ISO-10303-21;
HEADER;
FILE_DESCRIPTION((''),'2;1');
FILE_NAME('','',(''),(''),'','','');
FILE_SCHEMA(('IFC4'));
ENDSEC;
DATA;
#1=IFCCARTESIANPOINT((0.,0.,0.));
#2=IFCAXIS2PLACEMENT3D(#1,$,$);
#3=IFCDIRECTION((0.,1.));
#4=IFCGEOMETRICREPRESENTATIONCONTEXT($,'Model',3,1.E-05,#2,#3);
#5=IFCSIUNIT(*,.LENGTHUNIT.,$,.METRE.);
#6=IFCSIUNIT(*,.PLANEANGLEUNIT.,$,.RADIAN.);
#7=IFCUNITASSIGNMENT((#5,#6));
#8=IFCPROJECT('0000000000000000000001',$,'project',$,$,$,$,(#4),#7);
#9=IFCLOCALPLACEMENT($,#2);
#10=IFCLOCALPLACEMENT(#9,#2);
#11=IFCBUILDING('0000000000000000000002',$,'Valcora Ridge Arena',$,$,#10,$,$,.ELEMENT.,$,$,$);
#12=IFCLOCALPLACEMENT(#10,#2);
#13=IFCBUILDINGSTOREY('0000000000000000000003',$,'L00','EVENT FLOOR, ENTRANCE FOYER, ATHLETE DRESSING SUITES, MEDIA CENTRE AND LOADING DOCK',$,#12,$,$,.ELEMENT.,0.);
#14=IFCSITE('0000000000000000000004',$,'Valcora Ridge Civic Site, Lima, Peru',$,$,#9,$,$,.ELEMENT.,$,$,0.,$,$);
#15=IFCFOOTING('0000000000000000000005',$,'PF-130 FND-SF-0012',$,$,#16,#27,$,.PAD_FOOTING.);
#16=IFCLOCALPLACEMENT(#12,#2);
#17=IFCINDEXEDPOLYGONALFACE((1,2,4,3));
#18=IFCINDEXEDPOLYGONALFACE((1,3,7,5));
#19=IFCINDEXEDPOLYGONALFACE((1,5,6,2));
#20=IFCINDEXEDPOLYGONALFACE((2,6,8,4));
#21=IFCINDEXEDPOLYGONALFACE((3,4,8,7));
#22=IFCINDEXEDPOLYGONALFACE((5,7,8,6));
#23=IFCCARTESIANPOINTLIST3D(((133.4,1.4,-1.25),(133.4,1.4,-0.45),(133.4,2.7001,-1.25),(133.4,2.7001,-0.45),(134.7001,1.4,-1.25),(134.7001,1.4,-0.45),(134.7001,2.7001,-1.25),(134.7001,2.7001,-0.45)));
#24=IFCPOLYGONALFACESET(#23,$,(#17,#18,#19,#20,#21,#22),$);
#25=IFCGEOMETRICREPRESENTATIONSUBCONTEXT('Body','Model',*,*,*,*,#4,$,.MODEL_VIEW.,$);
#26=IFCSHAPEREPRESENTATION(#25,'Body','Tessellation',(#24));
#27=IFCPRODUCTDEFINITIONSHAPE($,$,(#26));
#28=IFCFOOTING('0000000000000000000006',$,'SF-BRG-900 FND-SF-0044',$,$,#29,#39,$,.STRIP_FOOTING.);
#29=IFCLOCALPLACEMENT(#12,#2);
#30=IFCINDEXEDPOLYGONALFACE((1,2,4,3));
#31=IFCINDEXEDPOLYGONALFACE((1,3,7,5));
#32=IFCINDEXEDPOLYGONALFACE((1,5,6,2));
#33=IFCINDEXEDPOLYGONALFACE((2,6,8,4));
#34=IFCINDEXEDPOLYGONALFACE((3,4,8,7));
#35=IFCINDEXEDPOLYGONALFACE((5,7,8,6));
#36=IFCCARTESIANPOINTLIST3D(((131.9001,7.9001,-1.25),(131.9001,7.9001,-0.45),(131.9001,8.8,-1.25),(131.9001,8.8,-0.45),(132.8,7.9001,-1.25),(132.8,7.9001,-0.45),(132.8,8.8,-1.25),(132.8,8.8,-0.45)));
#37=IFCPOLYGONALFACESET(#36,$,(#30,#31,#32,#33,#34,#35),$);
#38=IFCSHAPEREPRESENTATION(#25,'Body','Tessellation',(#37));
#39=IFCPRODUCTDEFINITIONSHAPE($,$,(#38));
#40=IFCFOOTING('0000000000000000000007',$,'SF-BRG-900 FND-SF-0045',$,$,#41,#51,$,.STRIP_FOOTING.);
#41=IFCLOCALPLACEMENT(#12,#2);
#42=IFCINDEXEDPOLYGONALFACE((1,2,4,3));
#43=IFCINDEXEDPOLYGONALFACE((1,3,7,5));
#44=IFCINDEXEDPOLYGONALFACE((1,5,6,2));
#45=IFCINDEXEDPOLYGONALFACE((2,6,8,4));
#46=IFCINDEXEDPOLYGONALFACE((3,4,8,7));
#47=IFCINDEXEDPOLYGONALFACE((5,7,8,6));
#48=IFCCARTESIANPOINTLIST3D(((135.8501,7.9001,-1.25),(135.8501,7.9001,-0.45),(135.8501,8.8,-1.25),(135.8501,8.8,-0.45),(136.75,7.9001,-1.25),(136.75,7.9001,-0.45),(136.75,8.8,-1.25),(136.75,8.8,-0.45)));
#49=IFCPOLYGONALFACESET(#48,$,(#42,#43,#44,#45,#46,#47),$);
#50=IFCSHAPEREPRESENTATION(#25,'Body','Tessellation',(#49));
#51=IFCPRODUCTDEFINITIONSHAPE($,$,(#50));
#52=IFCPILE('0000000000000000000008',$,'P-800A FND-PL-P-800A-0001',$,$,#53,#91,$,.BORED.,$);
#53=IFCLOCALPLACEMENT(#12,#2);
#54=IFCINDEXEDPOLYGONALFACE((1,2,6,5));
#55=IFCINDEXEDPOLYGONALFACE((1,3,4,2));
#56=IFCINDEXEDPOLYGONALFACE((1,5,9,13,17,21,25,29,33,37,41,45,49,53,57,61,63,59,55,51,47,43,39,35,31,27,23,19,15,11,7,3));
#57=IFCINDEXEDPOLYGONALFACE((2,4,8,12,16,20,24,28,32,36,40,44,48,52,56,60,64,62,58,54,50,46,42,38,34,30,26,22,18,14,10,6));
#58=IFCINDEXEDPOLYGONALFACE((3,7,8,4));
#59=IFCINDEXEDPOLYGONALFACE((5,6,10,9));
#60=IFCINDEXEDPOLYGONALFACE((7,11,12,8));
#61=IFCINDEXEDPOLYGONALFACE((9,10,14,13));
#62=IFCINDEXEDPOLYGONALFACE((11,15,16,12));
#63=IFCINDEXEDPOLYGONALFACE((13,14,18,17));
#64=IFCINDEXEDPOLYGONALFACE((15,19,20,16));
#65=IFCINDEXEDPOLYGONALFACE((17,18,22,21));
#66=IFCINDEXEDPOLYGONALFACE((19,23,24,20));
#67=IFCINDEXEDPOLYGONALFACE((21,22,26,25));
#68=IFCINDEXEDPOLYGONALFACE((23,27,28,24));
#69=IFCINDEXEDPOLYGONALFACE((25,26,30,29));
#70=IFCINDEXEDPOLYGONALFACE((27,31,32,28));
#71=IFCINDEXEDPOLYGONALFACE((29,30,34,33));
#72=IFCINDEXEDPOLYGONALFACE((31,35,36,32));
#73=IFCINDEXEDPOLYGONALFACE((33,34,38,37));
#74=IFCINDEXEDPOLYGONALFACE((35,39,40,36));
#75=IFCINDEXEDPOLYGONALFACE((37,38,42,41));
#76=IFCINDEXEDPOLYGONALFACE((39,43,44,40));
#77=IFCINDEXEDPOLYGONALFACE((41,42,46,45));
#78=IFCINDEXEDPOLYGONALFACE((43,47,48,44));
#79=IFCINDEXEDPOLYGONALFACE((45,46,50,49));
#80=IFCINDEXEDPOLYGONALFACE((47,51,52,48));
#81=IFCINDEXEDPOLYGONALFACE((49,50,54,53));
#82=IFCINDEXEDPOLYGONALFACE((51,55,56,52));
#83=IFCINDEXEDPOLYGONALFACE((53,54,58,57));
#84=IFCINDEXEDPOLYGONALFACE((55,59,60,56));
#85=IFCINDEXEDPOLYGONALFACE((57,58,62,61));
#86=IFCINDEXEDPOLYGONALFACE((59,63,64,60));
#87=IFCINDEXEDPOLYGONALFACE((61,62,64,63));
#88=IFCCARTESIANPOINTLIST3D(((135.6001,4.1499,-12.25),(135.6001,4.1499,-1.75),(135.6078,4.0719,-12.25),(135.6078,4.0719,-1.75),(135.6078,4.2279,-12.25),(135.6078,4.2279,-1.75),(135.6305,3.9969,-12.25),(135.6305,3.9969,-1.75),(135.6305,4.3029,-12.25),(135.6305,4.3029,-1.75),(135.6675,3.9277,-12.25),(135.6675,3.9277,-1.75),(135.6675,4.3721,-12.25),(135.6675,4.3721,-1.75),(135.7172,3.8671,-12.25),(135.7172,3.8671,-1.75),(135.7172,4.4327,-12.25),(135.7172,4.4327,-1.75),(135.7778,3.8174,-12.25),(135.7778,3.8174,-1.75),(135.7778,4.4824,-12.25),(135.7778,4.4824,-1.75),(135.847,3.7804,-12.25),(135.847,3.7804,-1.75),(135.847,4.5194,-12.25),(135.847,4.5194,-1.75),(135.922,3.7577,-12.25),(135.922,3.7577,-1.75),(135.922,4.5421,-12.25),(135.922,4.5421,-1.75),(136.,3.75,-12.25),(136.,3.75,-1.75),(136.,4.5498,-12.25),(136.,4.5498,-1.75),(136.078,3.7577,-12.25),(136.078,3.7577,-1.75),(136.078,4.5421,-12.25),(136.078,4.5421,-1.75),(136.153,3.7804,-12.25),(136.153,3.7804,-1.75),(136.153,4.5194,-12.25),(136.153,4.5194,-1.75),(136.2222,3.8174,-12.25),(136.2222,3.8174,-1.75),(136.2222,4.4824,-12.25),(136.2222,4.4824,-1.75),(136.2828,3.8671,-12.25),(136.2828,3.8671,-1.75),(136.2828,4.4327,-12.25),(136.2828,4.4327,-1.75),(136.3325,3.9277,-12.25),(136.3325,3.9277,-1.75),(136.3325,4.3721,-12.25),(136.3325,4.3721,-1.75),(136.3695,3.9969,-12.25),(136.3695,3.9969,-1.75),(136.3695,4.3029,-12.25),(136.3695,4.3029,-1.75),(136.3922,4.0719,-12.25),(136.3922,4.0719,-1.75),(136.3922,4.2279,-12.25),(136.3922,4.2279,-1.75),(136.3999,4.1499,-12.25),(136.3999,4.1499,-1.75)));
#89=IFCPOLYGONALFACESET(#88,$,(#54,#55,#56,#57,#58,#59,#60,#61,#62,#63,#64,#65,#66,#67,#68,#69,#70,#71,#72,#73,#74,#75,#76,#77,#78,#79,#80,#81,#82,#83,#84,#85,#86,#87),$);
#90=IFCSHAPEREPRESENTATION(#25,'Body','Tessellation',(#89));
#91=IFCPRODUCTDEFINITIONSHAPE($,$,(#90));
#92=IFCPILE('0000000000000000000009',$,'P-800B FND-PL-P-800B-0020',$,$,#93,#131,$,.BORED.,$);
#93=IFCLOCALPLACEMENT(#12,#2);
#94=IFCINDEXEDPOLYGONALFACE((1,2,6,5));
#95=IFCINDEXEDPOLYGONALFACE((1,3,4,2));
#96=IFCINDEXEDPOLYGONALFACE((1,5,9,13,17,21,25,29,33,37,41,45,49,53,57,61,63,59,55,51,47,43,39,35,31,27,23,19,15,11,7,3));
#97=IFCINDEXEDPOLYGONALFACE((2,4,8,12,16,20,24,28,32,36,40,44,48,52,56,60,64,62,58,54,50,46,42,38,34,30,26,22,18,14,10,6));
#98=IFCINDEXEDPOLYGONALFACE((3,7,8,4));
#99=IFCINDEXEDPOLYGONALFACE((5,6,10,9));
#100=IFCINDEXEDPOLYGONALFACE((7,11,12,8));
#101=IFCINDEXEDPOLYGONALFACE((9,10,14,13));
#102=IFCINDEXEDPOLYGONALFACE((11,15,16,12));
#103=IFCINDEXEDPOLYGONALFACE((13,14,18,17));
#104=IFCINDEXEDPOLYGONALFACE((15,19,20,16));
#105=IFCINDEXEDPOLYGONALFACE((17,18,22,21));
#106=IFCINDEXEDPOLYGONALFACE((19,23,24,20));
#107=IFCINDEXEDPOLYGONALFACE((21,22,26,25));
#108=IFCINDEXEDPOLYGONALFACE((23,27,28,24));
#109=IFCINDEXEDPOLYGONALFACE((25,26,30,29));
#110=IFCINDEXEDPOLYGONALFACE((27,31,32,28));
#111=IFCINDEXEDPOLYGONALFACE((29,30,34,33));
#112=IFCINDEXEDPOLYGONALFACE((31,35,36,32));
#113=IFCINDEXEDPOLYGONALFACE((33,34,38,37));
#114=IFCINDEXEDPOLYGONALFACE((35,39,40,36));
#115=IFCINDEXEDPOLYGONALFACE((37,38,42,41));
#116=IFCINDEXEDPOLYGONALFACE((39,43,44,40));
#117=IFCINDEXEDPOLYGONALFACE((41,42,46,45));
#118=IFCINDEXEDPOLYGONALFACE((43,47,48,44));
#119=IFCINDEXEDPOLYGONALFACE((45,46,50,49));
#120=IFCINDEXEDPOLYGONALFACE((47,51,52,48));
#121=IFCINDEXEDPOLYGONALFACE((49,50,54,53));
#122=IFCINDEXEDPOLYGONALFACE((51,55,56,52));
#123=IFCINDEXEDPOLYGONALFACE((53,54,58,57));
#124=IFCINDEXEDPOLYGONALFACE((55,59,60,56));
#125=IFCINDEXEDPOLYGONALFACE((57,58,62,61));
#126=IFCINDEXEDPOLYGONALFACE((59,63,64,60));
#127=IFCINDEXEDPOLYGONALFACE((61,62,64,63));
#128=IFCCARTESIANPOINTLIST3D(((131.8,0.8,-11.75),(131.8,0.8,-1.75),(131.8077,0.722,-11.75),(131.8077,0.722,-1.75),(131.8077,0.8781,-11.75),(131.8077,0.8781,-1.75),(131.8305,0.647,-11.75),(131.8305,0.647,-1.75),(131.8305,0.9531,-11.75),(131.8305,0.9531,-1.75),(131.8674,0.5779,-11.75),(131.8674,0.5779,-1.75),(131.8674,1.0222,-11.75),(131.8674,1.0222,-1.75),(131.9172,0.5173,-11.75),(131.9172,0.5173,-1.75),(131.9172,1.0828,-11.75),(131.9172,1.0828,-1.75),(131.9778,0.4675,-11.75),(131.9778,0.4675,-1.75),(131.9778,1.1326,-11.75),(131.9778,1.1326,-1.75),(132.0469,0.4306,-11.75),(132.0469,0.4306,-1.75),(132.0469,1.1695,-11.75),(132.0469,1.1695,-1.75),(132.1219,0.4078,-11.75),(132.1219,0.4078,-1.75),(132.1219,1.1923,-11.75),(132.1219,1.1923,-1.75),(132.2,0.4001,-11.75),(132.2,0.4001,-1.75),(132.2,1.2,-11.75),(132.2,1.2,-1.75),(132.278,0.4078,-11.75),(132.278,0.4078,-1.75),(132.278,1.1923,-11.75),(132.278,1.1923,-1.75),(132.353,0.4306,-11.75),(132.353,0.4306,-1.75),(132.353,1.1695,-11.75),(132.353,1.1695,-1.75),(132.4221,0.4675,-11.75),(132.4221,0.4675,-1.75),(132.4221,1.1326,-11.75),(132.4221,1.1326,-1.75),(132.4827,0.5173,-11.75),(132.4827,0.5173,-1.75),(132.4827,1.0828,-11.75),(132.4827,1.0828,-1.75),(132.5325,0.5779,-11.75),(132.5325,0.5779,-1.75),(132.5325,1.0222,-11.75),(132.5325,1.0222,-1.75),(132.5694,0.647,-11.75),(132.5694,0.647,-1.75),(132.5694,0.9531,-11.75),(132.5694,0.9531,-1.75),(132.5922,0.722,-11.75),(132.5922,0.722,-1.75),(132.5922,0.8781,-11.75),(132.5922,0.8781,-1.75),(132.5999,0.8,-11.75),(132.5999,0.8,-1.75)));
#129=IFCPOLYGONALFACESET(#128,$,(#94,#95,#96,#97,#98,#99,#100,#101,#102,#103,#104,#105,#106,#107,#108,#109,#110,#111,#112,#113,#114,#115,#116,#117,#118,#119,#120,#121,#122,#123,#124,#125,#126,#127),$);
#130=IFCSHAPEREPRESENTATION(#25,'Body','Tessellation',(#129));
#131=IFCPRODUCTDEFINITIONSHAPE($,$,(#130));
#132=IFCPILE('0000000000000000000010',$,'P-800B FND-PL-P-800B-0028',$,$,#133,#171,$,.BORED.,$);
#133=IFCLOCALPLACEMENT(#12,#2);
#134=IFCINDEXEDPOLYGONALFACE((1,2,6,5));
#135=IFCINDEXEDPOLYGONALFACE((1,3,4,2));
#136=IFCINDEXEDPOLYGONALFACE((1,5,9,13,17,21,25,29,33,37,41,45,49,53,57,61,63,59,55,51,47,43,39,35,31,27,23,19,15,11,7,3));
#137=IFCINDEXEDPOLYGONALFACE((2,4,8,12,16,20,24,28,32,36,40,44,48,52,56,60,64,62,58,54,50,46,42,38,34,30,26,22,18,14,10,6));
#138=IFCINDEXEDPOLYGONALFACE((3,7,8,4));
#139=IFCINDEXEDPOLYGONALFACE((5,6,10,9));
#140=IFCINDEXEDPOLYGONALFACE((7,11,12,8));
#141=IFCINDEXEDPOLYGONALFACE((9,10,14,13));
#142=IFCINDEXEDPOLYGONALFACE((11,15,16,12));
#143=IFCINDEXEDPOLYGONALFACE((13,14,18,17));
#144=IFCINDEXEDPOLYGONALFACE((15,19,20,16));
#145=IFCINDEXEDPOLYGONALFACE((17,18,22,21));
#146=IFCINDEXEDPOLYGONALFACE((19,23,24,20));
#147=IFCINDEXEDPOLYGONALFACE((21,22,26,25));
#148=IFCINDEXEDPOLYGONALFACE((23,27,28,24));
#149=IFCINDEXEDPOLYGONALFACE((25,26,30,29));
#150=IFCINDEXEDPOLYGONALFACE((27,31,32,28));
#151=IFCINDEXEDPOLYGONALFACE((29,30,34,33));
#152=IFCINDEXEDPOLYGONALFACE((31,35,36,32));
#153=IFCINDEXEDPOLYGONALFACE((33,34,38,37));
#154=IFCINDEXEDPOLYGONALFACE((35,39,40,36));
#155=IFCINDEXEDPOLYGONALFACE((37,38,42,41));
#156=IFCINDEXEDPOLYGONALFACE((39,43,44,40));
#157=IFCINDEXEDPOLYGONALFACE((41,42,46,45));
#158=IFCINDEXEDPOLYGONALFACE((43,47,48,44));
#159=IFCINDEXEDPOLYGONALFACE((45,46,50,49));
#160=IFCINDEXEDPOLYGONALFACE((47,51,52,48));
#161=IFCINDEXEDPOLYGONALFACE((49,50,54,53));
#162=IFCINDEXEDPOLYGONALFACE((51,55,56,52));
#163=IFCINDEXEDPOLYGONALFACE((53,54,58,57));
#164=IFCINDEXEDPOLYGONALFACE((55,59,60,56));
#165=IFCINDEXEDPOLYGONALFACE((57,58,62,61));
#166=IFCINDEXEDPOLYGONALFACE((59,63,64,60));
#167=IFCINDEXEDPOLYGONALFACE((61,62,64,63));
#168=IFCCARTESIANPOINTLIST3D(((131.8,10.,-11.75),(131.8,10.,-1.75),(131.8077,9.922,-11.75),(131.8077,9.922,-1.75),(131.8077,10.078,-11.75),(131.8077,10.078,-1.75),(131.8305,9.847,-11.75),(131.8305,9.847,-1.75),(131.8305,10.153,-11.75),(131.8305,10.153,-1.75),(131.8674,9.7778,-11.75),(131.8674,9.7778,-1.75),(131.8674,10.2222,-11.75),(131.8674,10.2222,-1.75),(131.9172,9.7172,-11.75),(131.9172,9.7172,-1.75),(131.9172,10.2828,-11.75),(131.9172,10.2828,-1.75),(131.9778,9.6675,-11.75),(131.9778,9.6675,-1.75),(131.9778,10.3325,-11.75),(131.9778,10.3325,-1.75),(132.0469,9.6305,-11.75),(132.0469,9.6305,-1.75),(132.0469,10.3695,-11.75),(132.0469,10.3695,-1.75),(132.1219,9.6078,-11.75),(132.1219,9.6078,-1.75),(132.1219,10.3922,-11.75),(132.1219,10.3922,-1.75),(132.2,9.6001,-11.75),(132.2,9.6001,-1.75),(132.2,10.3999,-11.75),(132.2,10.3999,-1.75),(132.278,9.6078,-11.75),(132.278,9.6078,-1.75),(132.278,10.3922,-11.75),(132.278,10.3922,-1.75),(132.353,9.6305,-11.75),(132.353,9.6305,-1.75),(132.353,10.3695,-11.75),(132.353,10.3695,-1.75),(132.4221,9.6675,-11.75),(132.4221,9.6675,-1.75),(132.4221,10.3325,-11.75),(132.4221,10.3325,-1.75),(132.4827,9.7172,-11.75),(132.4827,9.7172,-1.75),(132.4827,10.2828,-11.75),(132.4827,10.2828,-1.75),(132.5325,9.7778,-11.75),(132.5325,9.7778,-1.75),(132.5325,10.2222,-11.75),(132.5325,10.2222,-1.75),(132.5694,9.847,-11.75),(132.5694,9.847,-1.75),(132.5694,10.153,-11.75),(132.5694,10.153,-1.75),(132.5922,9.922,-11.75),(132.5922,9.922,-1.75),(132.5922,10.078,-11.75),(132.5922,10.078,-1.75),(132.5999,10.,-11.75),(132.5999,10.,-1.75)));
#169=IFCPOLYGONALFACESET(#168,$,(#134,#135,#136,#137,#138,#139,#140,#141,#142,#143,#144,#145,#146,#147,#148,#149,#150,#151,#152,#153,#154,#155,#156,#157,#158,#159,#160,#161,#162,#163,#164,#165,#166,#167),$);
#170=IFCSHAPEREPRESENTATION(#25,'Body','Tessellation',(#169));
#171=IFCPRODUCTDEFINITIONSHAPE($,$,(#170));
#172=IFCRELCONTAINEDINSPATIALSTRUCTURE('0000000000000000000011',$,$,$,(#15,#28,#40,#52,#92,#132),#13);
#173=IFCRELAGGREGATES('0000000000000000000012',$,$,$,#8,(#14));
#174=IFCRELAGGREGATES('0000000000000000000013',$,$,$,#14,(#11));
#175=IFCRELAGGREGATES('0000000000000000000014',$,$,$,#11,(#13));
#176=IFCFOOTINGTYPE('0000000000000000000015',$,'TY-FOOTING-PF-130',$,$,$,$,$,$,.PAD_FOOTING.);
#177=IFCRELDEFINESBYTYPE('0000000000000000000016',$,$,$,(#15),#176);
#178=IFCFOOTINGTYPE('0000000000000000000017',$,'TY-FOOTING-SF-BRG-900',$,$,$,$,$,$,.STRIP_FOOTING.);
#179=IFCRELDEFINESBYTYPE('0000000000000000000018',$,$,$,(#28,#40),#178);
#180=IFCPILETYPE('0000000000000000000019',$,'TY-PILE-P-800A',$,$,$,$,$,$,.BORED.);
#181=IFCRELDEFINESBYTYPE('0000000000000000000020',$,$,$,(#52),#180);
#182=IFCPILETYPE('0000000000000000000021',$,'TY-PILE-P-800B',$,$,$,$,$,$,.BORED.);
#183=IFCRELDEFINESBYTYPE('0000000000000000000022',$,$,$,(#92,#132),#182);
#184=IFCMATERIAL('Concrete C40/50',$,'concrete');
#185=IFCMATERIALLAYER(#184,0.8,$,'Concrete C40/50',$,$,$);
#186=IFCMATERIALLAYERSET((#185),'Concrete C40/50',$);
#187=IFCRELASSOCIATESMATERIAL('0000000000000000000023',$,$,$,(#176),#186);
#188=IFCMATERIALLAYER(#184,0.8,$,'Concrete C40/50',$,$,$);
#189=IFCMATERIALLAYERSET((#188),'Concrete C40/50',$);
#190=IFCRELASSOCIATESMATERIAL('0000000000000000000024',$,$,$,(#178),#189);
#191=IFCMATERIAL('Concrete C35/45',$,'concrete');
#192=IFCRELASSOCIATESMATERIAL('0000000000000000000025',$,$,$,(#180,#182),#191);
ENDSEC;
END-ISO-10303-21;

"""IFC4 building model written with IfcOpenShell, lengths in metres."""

from ifc_helpers import new_model, si_unit, direction, frame, origin, origin_2d, place, context, subcontext, project, spatial, rectangle, circle, extrude, material, layer, layer_set, material_profile, profile_set, type_object, element, save


model = new_model("IFC4")

# Units and contexts
model_context = context("Model", 3, precision=1e-05, world=origin(), true_north=direction((0.0, 1.0)))
body_context = subcontext(model_context, "Body", "Model", "MODEL_VIEW")
ifc_project = project(units=[si_unit("LENGTHUNIT", "METRE"), si_unit("PLANEANGLEUNIT", "RADIAN")], contexts=[model_context])

# Site, building, storey
site_placement = place(None, origin())
site = spatial("IfcSite", under=ifc_project, at=site_placement, Name="Valcora Ridge Civic Site, Lima, Peru", CompositionType="ELEMENT", RefElevation=0.0)
building_placement = place(site_placement, origin())
building = spatial("IfcBuilding", under=site, at=building_placement, Name="Valcora Ridge Arena", CompositionType="ELEMENT")
storey_placement = place(building_placement, origin())
storey = spatial("IfcBuildingStorey", under=building, at=storey_placement, Name="L00", Description="EVENT FLOOR, ENTRANCE FOYER, ATHLETE DRESSING SUITES, MEDIA CENTRE AND LOADING DOCK", CompositionType="ELEMENT", Elevation=0.0)

# Footings
ifc_material_1 = material(Name="Concrete C40/50", Category="concrete")
ifc_layer_1 = layer(ifc_material_1, 0.8, Name="Concrete C40/50")
ifc_layer_set_1 = layer_set([ifc_layer_1], Name="Concrete C40/50")
footing_type_1 = type_object("IfcFootingType", Name="TY-FOOTING-PF-130", PredefinedType="PAD_FOOTING", material=ifc_layer_set_1)
footing_placement = place(storey_placement, frame((134.05, 2.05, -1.25), z_axis=(0.0, 0.0, 1.0), x_axis=(1.0, 0.0, 0.0)))
element("IfcFooting", 1, at=footing_placement, inside=storey, type_object=footing_type_1, Name="PF-130 FND-SF-0012", PredefinedType="PAD_FOOTING", context=body_context, shape_type="SweptSolid", body=[
    extrude(rectangle(XDim=1.3, YDim=1.3, at=origin_2d()), origin(), (0.0, 0.0, 1.0), 0.8),
])
ifc_layer_2 = layer(ifc_material_1, 0.8, Name="Concrete C40/50")
ifc_layer_set_2 = layer_set([ifc_layer_2], Name="Concrete C40/50")
footing_type_2 = type_object("IfcFootingType", Name="TY-FOOTING-SF-BRG-900", PredefinedType="STRIP_FOOTING", material=ifc_layer_set_2)
for number, where, z_axis, x_axis, name in (
    (2, (132.3501, 8.3501, -1.25), (0.0, 0.0, 1.0), (1.0, 0.0, 0.0), "SF-BRG-900 FND-SF-0044"),
    (3, (136.3, 8.3501, -1.25), (0.0, 0.0, 1.0), (1.0, 0.0, 0.0), "SF-BRG-900 FND-SF-0045"),
):
    element("IfcFooting", number, at=place(storey_placement, frame(where, z_axis=z_axis, x_axis=x_axis)), inside=storey, type_object=footing_type_2, Name=name, PredefinedType="STRIP_FOOTING", context=body_context, shape_type="SweptSolid", body=[
        extrude(rectangle(XDim=0.8999, YDim=0.8999, at=origin_2d()), origin(), (0.0, 0.0, 1.0), 0.8),
    ])

# Piles
ifc_material_2 = material(Name="Concrete C35/45", Category="concrete")
ifc_material_profile_1 = material_profile(ifc_material_2, circle(Radius=0.3999, at=origin_2d()), Name="BORED PILE D800")
ifc_profile_set_1 = profile_set([ifc_material_profile_1], Name="Concrete C35/45")
pile_type_1 = type_object("IfcPileType", Name="TY-PILE-P-800A", PredefinedType="BORED", material=ifc_profile_set_1)
pile_placement = place(storey_placement, frame((136.0, 4.1499, -1.75), z_axis=(0.0, 0.0, -1.0), x_axis=(1.0, 0.0, 0.0)))
element("IfcPile", 4, at=pile_placement, inside=storey, type_object=pile_type_1, Name="P-800A FND-PL-P-800A-0001", PredefinedType="BORED", context=body_context, shape_type="SweptSolid", body=[
    extrude(circle(Radius=0.3999, at=origin_2d()), origin(), (0.0, 0.0, 1.0), 10.5),
])
ifc_material_profile_2 = material_profile(ifc_material_2, circle(Radius=0.3999, at=origin_2d()), Name="BORED PILE D800")
ifc_profile_set_2 = profile_set([ifc_material_profile_2], Name="Concrete C35/45")
pile_type_2 = type_object("IfcPileType", Name="TY-PILE-P-800B", PredefinedType="BORED", material=ifc_profile_set_2)
for number, where, z_axis, x_axis, name in (
    (5, (132.2, 0.8, -1.75), (0.0, 0.0, -1.0), (1.0, 0.0, 0.0), "P-800B FND-PL-P-800B-0020"),
    (6, (132.2, 10.0, -1.75), (0.0, 0.0, -1.0), (1.0, 0.0, 0.0), "P-800B FND-PL-P-800B-0028"),
):
    element("IfcPile", number, at=place(storey_placement, frame(where, z_axis=z_axis, x_axis=x_axis)), inside=storey, type_object=pile_type_2, Name=name, PredefinedType="BORED", context=body_context, shape_type="SweptSolid", body=[
        extrude(circle(Radius=0.3999, at=origin_2d()), origin(), (0.0, 0.0, 1.0), 10.0),
    ])

save(model, "model.ifc")
